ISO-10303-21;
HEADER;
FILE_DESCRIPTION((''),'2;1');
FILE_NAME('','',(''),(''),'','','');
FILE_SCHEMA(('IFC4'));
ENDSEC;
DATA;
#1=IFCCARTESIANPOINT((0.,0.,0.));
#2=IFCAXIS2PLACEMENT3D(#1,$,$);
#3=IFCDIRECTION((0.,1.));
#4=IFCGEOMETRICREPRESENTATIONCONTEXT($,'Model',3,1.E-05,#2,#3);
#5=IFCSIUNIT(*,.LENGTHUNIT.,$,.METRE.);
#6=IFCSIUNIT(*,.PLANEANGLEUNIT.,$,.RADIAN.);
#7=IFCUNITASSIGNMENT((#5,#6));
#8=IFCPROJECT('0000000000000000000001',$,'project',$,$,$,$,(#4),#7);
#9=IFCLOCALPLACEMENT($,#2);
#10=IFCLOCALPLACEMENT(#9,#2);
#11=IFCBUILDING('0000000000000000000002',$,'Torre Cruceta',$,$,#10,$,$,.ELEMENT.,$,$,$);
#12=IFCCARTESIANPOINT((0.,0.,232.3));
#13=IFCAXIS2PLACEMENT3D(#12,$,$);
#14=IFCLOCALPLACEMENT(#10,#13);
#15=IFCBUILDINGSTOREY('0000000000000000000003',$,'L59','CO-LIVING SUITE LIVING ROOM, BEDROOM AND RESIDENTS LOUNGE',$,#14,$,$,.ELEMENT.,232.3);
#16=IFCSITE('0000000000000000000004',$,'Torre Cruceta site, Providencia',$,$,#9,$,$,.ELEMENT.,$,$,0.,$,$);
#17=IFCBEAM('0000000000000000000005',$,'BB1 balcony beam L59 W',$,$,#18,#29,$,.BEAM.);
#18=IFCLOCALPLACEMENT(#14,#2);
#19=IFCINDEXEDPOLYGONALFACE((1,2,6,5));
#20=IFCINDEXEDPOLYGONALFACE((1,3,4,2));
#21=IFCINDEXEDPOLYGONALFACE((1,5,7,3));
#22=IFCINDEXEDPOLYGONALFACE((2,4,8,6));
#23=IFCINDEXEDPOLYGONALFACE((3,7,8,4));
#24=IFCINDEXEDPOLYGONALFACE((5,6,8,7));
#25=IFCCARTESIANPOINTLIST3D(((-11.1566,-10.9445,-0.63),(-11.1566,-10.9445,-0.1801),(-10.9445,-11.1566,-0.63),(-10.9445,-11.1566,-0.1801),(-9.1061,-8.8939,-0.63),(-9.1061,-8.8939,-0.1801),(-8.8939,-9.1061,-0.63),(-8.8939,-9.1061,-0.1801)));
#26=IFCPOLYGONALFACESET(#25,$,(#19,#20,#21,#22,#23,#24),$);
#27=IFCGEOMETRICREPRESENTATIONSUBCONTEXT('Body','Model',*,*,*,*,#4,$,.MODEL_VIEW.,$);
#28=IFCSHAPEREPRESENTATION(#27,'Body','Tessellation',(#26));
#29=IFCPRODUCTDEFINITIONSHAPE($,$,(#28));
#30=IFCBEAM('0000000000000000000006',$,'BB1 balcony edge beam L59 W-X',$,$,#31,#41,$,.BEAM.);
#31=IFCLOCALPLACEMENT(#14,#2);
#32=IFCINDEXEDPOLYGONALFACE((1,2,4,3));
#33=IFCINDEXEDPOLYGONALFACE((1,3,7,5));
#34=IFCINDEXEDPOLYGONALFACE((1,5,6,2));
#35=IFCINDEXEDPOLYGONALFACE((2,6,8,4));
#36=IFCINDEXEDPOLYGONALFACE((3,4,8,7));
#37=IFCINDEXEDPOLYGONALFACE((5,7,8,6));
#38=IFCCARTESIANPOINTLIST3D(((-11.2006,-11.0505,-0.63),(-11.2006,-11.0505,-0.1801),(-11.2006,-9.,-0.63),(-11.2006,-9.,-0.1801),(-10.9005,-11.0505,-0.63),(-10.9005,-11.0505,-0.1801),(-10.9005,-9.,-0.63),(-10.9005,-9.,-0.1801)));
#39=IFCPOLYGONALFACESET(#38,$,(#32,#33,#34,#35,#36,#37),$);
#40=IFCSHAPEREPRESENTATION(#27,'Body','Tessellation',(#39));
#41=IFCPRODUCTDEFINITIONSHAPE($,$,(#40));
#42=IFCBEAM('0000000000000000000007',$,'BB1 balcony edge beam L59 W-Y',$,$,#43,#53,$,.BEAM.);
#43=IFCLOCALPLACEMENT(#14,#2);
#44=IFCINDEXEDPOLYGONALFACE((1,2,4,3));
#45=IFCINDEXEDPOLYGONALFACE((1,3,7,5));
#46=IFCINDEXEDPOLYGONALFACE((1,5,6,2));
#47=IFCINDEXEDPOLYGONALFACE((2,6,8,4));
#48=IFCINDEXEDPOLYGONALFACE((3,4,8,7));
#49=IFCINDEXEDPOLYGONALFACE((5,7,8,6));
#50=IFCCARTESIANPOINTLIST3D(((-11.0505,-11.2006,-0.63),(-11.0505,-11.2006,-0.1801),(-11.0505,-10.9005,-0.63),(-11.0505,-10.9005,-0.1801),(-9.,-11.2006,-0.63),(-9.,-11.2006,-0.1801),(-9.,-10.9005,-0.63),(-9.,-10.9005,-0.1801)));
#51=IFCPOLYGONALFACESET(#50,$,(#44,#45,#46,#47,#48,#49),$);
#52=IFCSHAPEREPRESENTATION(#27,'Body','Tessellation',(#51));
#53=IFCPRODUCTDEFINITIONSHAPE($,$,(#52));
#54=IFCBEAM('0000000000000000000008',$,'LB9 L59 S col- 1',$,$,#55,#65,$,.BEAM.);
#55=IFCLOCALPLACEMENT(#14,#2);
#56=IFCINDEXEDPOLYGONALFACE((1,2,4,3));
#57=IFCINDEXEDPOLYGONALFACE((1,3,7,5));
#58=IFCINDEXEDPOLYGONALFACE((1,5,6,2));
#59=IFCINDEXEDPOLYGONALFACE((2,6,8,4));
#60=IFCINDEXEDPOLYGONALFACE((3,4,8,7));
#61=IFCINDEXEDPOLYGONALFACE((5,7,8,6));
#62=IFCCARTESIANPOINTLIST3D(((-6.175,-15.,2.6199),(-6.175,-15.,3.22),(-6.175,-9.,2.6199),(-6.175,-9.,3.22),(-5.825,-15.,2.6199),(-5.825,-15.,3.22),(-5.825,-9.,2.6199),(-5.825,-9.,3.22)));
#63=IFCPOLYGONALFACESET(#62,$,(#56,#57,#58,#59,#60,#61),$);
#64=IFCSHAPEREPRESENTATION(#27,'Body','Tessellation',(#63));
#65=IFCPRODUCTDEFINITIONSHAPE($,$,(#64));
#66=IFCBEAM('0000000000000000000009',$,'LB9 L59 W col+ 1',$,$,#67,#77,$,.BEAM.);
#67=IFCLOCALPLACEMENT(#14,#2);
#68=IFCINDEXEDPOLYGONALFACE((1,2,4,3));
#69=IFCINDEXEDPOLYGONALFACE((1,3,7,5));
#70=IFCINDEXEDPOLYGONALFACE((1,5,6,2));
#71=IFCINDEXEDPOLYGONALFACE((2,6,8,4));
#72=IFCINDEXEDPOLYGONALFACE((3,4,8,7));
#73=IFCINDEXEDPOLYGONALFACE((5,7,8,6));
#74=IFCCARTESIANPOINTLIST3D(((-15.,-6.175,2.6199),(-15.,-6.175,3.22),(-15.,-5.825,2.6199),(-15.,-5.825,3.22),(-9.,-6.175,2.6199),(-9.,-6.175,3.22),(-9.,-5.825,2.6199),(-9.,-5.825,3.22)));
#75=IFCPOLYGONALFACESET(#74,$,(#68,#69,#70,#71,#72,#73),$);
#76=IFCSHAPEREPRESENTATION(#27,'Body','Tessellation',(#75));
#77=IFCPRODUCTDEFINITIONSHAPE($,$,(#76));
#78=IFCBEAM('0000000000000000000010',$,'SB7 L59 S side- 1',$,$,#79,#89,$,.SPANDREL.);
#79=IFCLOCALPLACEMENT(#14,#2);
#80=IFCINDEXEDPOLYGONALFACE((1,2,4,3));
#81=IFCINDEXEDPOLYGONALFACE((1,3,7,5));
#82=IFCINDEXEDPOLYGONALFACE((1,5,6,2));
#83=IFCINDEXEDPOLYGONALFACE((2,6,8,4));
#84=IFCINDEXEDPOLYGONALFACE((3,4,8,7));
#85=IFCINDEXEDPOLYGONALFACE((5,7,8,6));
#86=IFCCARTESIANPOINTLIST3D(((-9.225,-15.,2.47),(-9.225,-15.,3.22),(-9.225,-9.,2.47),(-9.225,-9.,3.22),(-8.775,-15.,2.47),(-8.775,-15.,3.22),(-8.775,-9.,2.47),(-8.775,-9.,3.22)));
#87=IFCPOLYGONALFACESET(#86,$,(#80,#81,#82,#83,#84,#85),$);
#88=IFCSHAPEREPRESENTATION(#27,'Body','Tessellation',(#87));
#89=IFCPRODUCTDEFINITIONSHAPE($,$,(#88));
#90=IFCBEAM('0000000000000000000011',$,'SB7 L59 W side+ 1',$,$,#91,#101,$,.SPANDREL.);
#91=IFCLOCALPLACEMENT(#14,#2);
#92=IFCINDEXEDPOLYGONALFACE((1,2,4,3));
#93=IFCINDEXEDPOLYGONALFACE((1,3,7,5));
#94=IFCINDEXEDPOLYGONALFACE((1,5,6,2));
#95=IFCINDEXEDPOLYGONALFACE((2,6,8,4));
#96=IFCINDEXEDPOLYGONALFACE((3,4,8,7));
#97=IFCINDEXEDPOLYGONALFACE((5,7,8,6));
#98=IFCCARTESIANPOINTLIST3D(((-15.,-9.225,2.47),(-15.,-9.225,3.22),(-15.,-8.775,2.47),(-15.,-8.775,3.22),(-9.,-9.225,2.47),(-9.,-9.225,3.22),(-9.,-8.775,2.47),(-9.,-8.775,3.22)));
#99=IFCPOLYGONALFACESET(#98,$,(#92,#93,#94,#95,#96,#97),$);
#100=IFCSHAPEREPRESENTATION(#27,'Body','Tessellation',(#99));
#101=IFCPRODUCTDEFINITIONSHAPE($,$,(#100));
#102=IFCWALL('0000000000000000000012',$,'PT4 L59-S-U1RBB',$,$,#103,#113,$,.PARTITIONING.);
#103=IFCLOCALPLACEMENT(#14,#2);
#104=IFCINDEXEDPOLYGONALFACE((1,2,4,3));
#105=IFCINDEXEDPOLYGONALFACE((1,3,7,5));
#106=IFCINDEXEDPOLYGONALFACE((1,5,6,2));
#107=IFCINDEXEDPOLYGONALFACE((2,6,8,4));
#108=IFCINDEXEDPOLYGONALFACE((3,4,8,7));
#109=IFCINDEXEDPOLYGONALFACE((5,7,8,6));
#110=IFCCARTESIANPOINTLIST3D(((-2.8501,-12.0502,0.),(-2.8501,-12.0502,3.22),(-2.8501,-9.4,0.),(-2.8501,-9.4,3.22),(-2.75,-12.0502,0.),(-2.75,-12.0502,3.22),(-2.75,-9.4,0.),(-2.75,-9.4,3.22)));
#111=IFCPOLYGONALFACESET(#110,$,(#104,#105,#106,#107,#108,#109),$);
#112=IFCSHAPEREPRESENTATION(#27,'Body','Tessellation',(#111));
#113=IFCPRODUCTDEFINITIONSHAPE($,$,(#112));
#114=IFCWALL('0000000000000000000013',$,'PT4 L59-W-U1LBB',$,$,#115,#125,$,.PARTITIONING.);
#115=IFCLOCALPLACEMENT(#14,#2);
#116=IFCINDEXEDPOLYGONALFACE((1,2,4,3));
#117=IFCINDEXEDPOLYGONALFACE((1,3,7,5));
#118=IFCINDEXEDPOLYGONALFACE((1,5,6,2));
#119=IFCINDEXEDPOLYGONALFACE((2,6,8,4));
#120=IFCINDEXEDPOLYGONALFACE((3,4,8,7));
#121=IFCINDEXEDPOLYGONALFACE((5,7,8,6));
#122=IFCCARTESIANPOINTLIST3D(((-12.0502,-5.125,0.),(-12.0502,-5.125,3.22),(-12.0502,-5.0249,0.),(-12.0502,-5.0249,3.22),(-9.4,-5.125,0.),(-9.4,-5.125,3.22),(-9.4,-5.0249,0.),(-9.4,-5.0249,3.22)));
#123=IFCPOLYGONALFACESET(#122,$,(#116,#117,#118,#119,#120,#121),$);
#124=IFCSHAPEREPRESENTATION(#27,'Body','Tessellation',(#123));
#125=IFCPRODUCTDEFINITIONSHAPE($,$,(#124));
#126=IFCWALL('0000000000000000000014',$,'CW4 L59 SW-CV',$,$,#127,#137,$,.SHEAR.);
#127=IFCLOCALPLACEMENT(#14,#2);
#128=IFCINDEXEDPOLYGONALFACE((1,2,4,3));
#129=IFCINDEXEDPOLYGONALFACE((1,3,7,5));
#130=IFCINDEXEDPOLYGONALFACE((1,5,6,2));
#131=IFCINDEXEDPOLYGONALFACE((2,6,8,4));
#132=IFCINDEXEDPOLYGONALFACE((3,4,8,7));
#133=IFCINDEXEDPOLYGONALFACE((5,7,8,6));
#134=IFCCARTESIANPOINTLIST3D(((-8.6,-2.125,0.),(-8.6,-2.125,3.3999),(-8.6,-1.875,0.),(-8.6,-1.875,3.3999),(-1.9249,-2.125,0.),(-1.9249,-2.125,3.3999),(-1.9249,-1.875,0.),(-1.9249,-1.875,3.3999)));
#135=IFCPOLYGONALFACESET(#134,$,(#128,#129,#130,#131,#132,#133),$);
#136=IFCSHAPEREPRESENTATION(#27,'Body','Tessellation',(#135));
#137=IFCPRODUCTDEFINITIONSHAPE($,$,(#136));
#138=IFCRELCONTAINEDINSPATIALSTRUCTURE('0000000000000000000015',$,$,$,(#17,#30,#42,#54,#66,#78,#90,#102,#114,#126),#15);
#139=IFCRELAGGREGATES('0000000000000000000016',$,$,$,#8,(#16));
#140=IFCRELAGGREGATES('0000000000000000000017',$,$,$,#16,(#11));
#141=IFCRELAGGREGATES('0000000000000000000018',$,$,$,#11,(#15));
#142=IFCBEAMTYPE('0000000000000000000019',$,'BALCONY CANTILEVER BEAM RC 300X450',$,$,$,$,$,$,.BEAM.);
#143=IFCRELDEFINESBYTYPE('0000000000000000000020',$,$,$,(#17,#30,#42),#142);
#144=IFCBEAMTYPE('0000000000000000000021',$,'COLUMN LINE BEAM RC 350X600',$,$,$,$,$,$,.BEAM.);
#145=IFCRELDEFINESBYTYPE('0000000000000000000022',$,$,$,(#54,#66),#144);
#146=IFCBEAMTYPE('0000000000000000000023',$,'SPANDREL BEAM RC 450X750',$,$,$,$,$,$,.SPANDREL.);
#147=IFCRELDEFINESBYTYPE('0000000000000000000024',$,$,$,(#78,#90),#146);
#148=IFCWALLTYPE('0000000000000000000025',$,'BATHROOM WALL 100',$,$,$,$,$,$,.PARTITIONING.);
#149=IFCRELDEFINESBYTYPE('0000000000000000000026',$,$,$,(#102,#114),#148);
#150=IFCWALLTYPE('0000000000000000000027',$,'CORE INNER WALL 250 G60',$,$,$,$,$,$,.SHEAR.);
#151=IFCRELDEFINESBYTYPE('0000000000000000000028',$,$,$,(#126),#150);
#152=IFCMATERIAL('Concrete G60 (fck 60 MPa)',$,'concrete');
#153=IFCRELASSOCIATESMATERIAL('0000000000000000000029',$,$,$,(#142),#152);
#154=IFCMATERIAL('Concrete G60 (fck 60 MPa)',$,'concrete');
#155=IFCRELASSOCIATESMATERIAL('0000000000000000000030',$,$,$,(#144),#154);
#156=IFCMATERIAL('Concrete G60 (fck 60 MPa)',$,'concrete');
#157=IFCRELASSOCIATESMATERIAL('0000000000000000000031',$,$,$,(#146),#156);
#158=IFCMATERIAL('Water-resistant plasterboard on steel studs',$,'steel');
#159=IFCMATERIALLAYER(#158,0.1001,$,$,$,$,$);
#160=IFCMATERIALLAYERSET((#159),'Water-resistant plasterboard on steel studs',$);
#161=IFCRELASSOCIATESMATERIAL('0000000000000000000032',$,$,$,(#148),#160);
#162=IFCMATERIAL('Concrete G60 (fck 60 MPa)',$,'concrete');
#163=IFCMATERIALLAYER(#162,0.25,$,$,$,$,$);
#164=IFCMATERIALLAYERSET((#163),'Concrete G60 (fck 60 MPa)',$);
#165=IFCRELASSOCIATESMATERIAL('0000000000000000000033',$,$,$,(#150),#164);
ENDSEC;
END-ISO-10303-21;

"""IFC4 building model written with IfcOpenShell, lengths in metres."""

from ifc_helpers import new_model, si_unit, direction, frame, frame_2d, origin, origin_2d, place, context, subcontext, project, spatial, rectangle, extrude, material, layer, layer_set, material_profile, profile_set, type_object, element, save


model = new_model("IFC4")

# Units and contexts
model_context = context("Model", 3, precision=1e-05, world=origin(), true_north=direction((0.0, 1.0)))
body_context = subcontext(model_context, "Body", "Model", "MODEL_VIEW")
ifc_project = project(units=[si_unit("LENGTHUNIT", "METRE"), si_unit("PLANEANGLEUNIT", "RADIAN")], contexts=[model_context])

# Site, building, storey
site_placement = place(None, origin())
site = spatial("IfcSite", under=ifc_project, at=site_placement, Name="Torre Cruceta site, Providencia", CompositionType="ELEMENT", RefElevation=0.0)
building_placement = place(site_placement, origin())
building = spatial("IfcBuilding", under=site, at=building_placement, Name="Torre Cruceta", CompositionType="ELEMENT")
storey_placement = place(building_placement, frame((0.0, 0.0, 232.3)))
storey = spatial("IfcBuildingStorey", under=building, at=storey_placement, Name="L59", Description="CO-LIVING SUITE LIVING ROOM, BEDROOM AND RESIDENTS LOUNGE", CompositionType="ELEMENT", Elevation=232.3)

# Beams
ifc_material_1 = material(Name="Concrete G60 (fck 60 MPa)", Category="concrete")
ifc_material_profile_1 = material_profile(ifc_material_1, rectangle(XDim=0.3, YDim=0.45, at=origin_2d()), Name="RC 300X450")
ifc_profile_set_1 = profile_set([ifc_material_profile_1], Name="Concrete G60 (fck 60 MPa)")
beam_type_1 = type_object("IfcBeamType", Name="BALCONY CANTILEVER BEAM RC 300X450", PredefinedType="BEAM", material=ifc_profile_set_1)
beam_placement = place(storey_placement, frame((-9.0, -9.0, -0.405), z_axis=(-0.707107, -0.707107, 0.0), x_axis=(0.707107, -0.707107, 0.0)))
element("IfcBeam", 1, at=beam_placement, inside=storey, type_object=beam_type_1, Name="BB1 balcony beam L59 W", PredefinedType="BEAM", context=body_context, shape_type="SweptSolid", body=[
    extrude(rectangle(XDim=0.3, YDim=0.45, at=origin_2d()), origin(), (0.0, 0.0, 1.0), 2.8999),
])
for number, where, z_axis, x_axis, name in (
    (2, (-11.0505, -9.0, -0.405), (0.0, -1.0, 0.0), (1.0, 0.0, 0.0), "BB1 balcony edge beam L59 W-X"),
    (3, (-9.0, -11.0505, -0.405), (-1.0, 0.0, 0.0), (0.0, -1.0, 0.0), "BB1 balcony edge beam L59 W-Y"),
):
    element("IfcBeam", number, at=place(storey_placement, frame(where, z_axis=z_axis, x_axis=x_axis)), inside=storey, type_object=beam_type_1, Name=name, PredefinedType="BEAM", context=body_context, shape_type="SweptSolid", body=[
        extrude(rectangle(XDim=0.3, YDim=0.45, at=origin_2d()), origin(), (0.0, 0.0, 1.0), 2.0505),
    ])
ifc_material_2 = material(Name="Concrete G60 (fck 60 MPa)", Category="concrete")
ifc_material_profile_2 = material_profile(ifc_material_2, rectangle(XDim=0.3501, YDim=0.6001, at=origin_2d()), Name="RC 350X600")
ifc_profile_set_2 = profile_set([ifc_material_profile_2], Name="Concrete G60 (fck 60 MPa)")
beam_type_2 = type_object("IfcBeamType", Name="COLUMN LINE BEAM RC 350X600", PredefinedType="BEAM", material=ifc_profile_set_2)
for number, where, z_axis, x_axis, name in (
    (4, (-6.0, -9.0, 2.9199), (0.0, -1.0, 0.0), (1.0, 0.0, 0.0), "LB9 L59 S col- 1"),
    (5, (-9.0, -6.0, 2.9199), (-1.0, 0.0, 0.0), (0.0, -1.0, 0.0), "LB9 L59 W col+ 1"),
):
    element("IfcBeam", number, at=place(storey_placement, frame(where, z_axis=z_axis, x_axis=x_axis)), inside=storey, type_object=beam_type_2, Name=name, PredefinedType="BEAM", context=body_context, shape_type="SweptSolid", body=[
        extrude(rectangle(XDim=0.3501, YDim=0.6001, at=origin_2d()), origin(), (0.0, 0.0, 1.0), 6.0),
    ])
ifc_material_3 = material(Name="Concrete G60 (fck 60 MPa)", Category="concrete")
ifc_material_profile_3 = material_profile(ifc_material_3, rectangle(XDim=0.45, YDim=0.75, at=origin_2d()), Name="RC 450X750")
ifc_profile_set_3 = profile_set([ifc_material_profile_3], Name="Concrete G60 (fck 60 MPa)")
beam_type_3 = type_object("IfcBeamType", Name="SPANDREL BEAM RC 450X750", PredefinedType="SPANDREL", material=ifc_profile_set_3)
for number, where, z_axis, x_axis, name in (
    (6, (-9.0, -9.0, 2.845), (0.0, -1.0, 0.0), (1.0, 0.0, 0.0), "SB7 L59 S side- 1"),
    (7, (-9.0, -9.0, 2.845), (-1.0, 0.0, 0.0), (0.0, -1.0, 0.0), "SB7 L59 W side+ 1"),
):
    element("IfcBeam", number, at=place(storey_placement, frame(where, z_axis=z_axis, x_axis=x_axis)), inside=storey, type_object=beam_type_3, Name=name, PredefinedType="SPANDREL", context=body_context, shape_type="SweptSolid", body=[
        extrude(rectangle(XDim=0.45, YDim=0.75, at=origin_2d()), origin(), (0.0, 0.0, 1.0), 6.0),
    ])

# Walls
ifc_material_4 = material(Name="Water-resistant plasterboard on steel studs", Category="steel")
ifc_layer_1 = layer(ifc_material_4, 0.1001)
ifc_layer_set_1 = layer_set([ifc_layer_1], Name="Water-resistant plasterboard on steel studs")
wall_type_1 = type_object("IfcWallType", Name="BATHROOM WALL 100", PredefinedType="PARTITIONING", material=ifc_layer_set_1)
for number, where, z_axis, x_axis, name in (
    (8, (-2.8, -9.3999, 0.0), (0.0, 0.0, 1.0), (0.0, -1.0, 0.0), "PT4 L59-S-U1RBB"),
    (9, (-9.3999, -5.075, 0.0), (0.0, 0.0, 1.0), (-1.0, 0.0, 0.0), "PT4 L59-W-U1LBB"),
):
    element("IfcWall", number, at=place(storey_placement, frame(where, z_axis=z_axis, x_axis=x_axis)), inside=storey, type_object=wall_type_1, Name=name, PredefinedType="PARTITIONING", context=body_context, shape_type="SweptSolid", body=[
        extrude(rectangle(XDim=2.6501, YDim=0.1001, at=frame_2d((1.3252, 0.0))), origin(), (0.0, 0.0, 1.0), 3.22),
    ])
ifc_material_5 = material(Name="Concrete G60 (fck 60 MPa)", Category="concrete")
ifc_layer_2 = layer(ifc_material_5, 0.25)
ifc_layer_set_2 = layer_set([ifc_layer_2], Name="Concrete G60 (fck 60 MPa)")
wall_type_2 = type_object("IfcWallType", Name="CORE INNER WALL 250 G60", PredefinedType="SHEAR", material=ifc_layer_set_2)
wall_1_placement = place(storey_placement, frame((-1.925, -2.0, 0.0), z_axis=(0.0, 0.0, 1.0), x_axis=(-1.0, 0.0, 0.0)))
element("IfcWall", 10, at=wall_1_placement, inside=storey, type_object=wall_type_2, Name="CW4 L59 SW-CV", PredefinedType="SHEAR", context=body_context, shape_type="SweptSolid", body=[
    extrude(rectangle(XDim=6.675, YDim=0.25, at=frame_2d((3.3374, 0.0))), origin(), (0.0, 0.0, 1.0), 3.3999),
])

save(model, "model.ifc")
